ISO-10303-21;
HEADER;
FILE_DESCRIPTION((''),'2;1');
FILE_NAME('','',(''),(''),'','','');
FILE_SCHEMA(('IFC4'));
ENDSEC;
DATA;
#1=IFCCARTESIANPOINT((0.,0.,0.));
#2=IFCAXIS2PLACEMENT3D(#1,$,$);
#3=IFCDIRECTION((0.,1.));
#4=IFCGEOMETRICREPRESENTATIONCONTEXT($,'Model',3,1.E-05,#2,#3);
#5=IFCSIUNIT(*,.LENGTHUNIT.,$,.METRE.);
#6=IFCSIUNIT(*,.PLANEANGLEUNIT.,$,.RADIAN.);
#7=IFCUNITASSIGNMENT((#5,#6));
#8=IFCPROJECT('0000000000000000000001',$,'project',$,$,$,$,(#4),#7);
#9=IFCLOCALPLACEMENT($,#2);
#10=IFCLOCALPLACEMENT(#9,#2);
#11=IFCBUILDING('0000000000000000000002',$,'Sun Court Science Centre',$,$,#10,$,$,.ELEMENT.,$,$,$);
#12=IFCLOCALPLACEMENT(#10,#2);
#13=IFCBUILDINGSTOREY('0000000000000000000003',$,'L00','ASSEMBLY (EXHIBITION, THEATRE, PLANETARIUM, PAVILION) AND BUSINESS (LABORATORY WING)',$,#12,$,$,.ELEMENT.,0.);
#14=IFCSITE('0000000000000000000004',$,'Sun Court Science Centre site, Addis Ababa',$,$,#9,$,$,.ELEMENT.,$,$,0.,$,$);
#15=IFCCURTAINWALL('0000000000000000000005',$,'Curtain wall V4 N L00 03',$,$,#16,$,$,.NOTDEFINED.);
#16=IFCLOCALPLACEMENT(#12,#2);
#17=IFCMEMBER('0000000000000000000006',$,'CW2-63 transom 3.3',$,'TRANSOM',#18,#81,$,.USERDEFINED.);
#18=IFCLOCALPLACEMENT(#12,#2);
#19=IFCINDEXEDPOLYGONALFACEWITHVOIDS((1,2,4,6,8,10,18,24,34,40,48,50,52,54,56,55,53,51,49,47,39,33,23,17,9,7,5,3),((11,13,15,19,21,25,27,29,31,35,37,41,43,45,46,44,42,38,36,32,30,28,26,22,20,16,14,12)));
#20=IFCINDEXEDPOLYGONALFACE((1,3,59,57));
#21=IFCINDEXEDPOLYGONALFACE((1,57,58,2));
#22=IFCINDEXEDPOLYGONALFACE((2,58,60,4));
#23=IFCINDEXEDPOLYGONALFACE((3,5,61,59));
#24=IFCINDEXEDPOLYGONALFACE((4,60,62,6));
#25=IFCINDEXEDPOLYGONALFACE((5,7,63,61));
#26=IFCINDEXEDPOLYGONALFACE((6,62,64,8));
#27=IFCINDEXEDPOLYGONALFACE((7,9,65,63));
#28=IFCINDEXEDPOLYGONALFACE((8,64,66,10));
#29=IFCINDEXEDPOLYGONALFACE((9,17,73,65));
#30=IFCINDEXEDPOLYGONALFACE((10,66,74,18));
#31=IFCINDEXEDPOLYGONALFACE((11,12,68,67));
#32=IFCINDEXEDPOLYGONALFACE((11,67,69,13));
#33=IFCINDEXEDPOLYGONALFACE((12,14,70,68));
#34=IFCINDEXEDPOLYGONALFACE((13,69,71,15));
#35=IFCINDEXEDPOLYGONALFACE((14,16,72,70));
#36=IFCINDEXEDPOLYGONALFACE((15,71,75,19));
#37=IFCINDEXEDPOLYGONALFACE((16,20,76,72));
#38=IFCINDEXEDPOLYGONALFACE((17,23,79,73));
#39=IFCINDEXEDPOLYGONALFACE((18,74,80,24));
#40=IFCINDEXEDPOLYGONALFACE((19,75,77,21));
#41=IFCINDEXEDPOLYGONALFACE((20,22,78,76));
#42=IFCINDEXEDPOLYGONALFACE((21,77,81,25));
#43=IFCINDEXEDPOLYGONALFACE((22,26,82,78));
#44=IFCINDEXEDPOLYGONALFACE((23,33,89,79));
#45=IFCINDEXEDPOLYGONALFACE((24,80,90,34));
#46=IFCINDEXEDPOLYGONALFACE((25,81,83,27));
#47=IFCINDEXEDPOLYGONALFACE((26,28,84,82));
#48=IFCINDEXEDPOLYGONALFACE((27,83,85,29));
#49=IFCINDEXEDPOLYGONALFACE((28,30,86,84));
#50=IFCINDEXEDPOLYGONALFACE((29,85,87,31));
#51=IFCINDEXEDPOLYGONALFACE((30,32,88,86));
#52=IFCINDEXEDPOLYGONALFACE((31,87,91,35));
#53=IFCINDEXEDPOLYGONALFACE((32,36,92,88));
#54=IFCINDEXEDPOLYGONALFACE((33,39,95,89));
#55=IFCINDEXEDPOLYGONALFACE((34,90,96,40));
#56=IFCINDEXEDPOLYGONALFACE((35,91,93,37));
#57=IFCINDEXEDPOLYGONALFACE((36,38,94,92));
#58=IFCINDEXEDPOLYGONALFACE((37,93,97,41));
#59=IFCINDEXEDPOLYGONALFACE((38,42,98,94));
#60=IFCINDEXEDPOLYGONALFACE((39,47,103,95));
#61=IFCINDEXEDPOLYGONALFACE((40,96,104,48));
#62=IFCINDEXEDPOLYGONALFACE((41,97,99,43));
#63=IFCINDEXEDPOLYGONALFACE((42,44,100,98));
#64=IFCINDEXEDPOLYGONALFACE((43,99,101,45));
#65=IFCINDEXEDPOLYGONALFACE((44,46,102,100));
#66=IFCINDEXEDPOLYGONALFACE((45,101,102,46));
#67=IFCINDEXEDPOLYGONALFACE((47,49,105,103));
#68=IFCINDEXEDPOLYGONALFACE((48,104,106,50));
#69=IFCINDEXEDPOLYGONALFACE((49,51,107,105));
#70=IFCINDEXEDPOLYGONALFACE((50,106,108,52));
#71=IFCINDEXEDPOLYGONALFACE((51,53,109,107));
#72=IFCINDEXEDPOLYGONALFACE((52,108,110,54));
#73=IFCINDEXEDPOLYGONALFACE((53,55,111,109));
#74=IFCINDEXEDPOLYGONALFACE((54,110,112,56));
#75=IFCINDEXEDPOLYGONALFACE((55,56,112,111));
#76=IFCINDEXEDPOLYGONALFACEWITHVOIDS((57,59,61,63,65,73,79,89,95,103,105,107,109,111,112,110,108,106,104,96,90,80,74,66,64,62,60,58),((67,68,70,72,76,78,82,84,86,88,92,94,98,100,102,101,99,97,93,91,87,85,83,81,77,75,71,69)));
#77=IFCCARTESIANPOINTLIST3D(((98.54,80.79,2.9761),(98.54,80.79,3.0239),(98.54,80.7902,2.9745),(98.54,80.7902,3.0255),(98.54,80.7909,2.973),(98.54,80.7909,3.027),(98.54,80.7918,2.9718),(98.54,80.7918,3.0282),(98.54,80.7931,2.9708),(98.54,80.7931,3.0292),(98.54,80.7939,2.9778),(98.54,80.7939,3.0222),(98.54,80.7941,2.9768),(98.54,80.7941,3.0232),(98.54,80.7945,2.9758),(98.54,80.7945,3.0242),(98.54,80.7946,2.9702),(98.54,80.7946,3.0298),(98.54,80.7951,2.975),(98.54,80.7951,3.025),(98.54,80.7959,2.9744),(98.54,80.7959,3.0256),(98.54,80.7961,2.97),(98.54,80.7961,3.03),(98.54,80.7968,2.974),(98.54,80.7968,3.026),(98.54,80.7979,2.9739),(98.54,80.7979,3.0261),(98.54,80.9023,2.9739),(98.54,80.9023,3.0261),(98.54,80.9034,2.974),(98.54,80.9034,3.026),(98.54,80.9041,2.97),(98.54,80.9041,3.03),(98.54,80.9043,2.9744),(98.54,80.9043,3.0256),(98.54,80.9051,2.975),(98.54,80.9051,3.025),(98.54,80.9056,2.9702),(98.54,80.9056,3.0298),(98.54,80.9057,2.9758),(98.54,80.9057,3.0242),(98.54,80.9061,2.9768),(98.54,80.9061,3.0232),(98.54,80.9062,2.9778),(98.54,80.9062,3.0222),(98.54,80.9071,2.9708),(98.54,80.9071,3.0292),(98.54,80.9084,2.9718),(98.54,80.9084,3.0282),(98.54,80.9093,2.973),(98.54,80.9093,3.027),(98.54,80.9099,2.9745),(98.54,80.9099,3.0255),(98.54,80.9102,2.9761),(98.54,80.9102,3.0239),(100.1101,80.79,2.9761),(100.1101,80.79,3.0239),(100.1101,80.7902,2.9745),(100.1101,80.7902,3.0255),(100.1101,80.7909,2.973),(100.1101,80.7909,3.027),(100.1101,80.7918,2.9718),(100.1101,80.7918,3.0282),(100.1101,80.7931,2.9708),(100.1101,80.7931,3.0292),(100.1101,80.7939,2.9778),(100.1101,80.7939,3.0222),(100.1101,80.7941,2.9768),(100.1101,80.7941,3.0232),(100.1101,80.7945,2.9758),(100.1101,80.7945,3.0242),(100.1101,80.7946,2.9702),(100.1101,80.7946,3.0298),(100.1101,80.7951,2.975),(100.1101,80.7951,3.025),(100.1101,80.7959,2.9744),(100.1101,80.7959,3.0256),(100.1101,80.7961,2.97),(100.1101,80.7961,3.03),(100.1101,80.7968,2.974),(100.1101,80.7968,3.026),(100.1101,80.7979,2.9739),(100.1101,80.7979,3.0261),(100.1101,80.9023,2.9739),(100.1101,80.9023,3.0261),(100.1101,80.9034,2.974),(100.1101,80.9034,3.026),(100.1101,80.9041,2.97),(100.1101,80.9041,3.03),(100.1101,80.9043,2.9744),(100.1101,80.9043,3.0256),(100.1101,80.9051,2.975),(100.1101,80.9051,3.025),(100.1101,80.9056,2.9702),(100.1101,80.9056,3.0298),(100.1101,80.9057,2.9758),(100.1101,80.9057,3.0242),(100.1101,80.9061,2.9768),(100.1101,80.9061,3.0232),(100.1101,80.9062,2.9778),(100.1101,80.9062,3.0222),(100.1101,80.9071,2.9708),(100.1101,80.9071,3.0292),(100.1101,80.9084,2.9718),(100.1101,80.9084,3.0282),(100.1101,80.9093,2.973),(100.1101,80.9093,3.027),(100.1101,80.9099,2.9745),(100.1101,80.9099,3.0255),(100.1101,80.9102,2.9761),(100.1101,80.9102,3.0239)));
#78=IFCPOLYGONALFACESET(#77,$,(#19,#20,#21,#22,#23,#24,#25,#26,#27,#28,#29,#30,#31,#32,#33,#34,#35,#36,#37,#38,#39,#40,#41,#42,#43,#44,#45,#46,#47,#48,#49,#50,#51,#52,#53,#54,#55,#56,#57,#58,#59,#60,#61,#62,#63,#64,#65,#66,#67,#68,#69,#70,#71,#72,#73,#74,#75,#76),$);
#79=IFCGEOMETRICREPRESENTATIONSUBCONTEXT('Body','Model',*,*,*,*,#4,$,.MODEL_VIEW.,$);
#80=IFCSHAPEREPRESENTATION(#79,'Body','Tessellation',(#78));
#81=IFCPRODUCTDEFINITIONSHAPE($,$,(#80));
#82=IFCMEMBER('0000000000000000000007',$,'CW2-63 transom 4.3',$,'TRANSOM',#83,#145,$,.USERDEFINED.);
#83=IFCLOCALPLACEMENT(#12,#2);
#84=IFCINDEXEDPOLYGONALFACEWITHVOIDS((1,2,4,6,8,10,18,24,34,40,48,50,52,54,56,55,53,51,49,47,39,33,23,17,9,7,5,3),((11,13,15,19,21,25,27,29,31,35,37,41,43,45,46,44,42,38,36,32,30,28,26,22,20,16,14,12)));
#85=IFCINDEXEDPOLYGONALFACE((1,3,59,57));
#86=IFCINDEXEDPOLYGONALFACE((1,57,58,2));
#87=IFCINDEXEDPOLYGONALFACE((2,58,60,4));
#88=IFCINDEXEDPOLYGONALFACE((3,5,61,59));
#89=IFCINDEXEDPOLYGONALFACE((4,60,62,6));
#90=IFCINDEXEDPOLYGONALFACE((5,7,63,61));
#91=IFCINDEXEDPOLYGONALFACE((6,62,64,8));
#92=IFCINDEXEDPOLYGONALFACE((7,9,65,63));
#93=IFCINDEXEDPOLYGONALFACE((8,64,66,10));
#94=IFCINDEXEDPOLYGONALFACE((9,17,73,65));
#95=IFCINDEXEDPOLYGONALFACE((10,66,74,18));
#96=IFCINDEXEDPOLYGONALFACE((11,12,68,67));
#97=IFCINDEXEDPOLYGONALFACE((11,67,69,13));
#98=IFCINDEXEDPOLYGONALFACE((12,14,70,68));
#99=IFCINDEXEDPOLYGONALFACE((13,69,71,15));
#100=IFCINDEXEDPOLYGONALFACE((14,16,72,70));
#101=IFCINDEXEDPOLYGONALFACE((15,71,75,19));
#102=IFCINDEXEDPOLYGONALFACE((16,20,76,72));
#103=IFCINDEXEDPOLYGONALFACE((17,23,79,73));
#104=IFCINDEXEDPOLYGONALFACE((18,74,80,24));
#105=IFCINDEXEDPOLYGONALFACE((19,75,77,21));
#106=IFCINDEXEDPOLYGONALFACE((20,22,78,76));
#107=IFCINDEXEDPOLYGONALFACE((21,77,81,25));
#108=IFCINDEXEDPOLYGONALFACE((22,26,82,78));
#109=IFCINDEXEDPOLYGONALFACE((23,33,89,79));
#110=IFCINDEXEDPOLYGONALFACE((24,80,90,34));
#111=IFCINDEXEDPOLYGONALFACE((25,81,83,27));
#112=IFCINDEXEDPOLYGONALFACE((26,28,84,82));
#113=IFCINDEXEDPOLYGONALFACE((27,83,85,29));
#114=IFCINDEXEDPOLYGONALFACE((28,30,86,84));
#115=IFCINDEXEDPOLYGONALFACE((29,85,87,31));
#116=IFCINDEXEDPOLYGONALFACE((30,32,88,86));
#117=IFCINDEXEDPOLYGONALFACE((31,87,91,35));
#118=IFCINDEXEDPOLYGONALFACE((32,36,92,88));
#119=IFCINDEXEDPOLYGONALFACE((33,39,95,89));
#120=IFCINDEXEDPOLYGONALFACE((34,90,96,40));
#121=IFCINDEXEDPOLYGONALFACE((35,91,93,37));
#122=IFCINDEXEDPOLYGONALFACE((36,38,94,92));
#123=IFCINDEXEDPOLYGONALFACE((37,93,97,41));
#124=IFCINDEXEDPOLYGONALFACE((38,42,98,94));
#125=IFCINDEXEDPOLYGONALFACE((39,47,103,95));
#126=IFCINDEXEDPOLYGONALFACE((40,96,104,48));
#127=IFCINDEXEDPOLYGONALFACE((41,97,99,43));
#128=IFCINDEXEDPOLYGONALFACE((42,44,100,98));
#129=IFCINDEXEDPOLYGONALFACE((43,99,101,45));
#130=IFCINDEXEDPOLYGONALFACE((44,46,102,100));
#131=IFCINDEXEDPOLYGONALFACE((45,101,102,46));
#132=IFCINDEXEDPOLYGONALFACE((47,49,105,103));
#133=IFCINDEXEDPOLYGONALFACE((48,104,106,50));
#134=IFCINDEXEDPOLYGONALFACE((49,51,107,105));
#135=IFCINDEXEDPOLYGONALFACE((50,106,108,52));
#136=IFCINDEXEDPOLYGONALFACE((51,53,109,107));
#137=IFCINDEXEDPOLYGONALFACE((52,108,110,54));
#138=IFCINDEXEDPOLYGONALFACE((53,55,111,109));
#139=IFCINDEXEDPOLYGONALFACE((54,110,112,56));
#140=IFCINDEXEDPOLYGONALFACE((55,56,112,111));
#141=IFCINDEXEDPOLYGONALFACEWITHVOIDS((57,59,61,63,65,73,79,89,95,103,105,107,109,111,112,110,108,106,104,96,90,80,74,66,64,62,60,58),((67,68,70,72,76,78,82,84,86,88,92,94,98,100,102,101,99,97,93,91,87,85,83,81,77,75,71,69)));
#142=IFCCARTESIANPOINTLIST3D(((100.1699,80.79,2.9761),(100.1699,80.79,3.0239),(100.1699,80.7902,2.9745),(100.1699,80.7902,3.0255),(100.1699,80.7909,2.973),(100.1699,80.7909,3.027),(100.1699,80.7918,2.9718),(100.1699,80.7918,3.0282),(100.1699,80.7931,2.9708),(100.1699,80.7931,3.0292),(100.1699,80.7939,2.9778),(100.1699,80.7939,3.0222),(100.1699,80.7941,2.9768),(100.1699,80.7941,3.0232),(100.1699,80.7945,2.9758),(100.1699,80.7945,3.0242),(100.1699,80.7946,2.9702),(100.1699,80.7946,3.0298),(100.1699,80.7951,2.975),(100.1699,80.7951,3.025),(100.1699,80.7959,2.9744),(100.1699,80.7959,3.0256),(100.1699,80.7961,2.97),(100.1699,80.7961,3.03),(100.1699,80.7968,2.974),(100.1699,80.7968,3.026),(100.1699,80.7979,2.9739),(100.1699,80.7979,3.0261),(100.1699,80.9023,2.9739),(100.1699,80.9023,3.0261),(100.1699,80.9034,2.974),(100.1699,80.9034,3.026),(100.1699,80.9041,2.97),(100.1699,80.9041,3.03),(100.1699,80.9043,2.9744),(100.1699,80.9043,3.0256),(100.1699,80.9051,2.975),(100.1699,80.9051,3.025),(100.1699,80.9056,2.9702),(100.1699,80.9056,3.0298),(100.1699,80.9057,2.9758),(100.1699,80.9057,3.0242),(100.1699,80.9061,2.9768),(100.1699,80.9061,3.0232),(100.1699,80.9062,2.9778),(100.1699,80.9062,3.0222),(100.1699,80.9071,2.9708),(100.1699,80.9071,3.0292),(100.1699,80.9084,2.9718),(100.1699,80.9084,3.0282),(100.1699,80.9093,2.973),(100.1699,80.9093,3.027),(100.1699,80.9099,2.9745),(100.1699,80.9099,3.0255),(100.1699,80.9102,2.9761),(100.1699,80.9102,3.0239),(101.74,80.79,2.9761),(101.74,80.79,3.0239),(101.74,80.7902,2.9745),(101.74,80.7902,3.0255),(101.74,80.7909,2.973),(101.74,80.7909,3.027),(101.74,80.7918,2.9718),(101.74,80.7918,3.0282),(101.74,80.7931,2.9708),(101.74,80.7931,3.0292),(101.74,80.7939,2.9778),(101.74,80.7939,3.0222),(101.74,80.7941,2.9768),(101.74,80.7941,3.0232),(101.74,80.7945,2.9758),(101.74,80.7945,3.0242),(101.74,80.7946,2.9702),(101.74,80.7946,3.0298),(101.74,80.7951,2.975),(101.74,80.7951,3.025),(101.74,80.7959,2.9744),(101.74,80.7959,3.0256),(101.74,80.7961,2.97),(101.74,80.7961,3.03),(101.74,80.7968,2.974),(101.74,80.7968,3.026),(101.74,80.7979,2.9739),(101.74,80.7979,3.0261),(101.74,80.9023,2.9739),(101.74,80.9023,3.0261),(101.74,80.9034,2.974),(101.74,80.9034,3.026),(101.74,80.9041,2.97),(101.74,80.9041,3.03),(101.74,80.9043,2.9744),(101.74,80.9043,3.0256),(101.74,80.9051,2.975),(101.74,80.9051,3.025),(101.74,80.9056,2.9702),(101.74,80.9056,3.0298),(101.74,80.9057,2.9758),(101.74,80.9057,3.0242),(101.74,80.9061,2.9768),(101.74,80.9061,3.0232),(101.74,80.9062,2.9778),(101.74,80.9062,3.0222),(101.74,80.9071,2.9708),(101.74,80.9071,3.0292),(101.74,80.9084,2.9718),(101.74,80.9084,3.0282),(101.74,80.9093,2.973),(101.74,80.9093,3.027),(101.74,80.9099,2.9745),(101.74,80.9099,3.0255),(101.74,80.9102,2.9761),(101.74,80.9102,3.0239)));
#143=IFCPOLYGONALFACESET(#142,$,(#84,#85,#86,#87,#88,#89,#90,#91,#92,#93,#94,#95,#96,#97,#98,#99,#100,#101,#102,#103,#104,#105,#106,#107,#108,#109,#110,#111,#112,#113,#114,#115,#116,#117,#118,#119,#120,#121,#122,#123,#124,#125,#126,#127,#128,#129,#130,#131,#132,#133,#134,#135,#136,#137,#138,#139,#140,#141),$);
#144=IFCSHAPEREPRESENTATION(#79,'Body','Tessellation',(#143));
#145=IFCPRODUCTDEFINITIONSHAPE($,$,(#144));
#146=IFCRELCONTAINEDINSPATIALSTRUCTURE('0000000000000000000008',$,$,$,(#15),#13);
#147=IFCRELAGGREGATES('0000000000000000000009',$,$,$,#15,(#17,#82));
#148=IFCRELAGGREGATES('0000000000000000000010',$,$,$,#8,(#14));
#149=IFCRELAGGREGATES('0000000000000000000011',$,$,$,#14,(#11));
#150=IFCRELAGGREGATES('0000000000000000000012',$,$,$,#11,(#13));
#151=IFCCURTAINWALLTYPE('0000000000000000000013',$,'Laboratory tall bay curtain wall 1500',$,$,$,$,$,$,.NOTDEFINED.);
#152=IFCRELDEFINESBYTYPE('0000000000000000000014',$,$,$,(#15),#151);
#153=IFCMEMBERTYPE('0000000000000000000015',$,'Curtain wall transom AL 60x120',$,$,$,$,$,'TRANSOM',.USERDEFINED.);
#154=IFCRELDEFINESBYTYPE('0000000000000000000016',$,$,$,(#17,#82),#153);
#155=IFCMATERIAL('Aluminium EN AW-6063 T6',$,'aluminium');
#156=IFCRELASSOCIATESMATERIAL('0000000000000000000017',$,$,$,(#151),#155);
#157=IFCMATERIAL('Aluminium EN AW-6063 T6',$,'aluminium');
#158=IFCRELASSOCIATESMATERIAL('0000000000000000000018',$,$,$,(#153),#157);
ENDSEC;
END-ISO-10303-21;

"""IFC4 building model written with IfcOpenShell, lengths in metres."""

from ifc_helpers import new_model, si_unit, direction, frame, origin, origin_2d, place, context, subcontext, project, spatial, hollow_rectangle, extrude, material, material_profile, profile_set, type_object, element, aggregate, save


model = new_model("IFC4")

# Units and contexts
model_context = context("Model", 3, precision=1e-05, world=origin(), true_north=direction((0.0, 1.0)))
body_context = subcontext(model_context, "Body", "Model", "MODEL_VIEW")
ifc_project = project(units=[si_unit("LENGTHUNIT", "METRE"), si_unit("PLANEANGLEUNIT", "RADIAN")], contexts=[model_context])

# Site, building, storey
site_placement = place(None, origin())
site = spatial("IfcSite", under=ifc_project, at=site_placement, Name="Sun Court Science Centre site, Addis Ababa", CompositionType="ELEMENT", RefElevation=0.0)
building_placement = place(site_placement, origin())
building = spatial("IfcBuilding", under=site, at=building_placement, Name="Sun Court Science Centre", CompositionType="ELEMENT")
storey_placement = place(building_placement, origin())
storey = spatial("IfcBuildingStorey", under=building, at=storey_placement, Name="L00", Description="ASSEMBLY (EXHIBITION, THEATRE, PLANETARIUM, PAVILION) AND BUSINESS (LABORATORY WING)", CompositionType="ELEMENT", Elevation=0.0)

# Curtain wall, members
ifc_material_1 = material(Name="Aluminium EN AW-6063 T6", Category="aluminium")
curtain_wall_type = type_object("IfcCurtainWallType", Name="Laboratory tall bay curtain wall 1500", PredefinedType="NOTDEFINED", material=ifc_material_1)
curtain_wall_placement = place(storey_placement, origin())
curtain_wall = element("IfcCurtainWall", 1, at=curtain_wall_placement, inside=storey, type_object=curtain_wall_type, Name="Curtain wall V4 N L00 03", PredefinedType="NOTDEFINED")
ifc_material_2 = material(Name="Aluminium EN AW-6063 T6", Category="aluminium")
ifc_material_profile_1 = material_profile(ifc_material_2, hollow_rectangle(XDim=0.0601, YDim=0.1201, WallThickness=0.0039, InnerFilletRadius=0.0039, OuterFilletRadius=0.0061, at=origin_2d()), Name="AL 60x120x4")
ifc_profile_set_1 = profile_set([ifc_material_profile_1], Name="Aluminium EN AW-6063 T6")
member_type_1 = type_object("IfcMemberType", Name="Curtain wall transom AL 60x120", ElementType="TRANSOM", PredefinedType="USERDEFINED", material=ifc_profile_set_1)
member_1_placement = place(storey_placement, frame((98.54, 80.8501, 3.0), z_axis=(1.0, 0.0, 0.0), x_axis=(0.0, 0.0, 1.0)))
member_1 = element("IfcMember", 2, at=member_1_placement, type_object=member_type_1, Name="CW2-63 transom 3.3", ObjectType="TRANSOM", PredefinedType="USERDEFINED", context=body_context, shape_type="SweptSolid", body=[
    extrude(hollow_rectangle(XDim=0.0601, YDim=0.1201, WallThickness=0.0039, InnerFilletRadius=0.0039, OuterFilletRadius=0.0061, at=origin_2d()), origin(), (0.0, 0.0, 1.0), 1.5701),
])
member_2_placement = place(storey_placement, frame((100.1699, 80.8501, 3.0), z_axis=(1.0, 0.0, 0.0), x_axis=(0.0, 0.0, 1.0)))
member_2 = element("IfcMember", 3, at=member_2_placement, type_object=member_type_1, Name="CW2-63 transom 4.3", ObjectType="TRANSOM", PredefinedType="USERDEFINED", context=body_context, shape_type="SweptSolid", body=[
    extrude(hollow_rectangle(XDim=0.0601, YDim=0.1201, WallThickness=0.0039, InnerFilletRadius=0.0039, OuterFilletRadius=0.0061, at=origin_2d()), origin(), (0.0, 0.0, 1.0), 1.5701),
])
aggregate(curtain_wall, [member_1, member_2])

save(model, "model.ifc")
